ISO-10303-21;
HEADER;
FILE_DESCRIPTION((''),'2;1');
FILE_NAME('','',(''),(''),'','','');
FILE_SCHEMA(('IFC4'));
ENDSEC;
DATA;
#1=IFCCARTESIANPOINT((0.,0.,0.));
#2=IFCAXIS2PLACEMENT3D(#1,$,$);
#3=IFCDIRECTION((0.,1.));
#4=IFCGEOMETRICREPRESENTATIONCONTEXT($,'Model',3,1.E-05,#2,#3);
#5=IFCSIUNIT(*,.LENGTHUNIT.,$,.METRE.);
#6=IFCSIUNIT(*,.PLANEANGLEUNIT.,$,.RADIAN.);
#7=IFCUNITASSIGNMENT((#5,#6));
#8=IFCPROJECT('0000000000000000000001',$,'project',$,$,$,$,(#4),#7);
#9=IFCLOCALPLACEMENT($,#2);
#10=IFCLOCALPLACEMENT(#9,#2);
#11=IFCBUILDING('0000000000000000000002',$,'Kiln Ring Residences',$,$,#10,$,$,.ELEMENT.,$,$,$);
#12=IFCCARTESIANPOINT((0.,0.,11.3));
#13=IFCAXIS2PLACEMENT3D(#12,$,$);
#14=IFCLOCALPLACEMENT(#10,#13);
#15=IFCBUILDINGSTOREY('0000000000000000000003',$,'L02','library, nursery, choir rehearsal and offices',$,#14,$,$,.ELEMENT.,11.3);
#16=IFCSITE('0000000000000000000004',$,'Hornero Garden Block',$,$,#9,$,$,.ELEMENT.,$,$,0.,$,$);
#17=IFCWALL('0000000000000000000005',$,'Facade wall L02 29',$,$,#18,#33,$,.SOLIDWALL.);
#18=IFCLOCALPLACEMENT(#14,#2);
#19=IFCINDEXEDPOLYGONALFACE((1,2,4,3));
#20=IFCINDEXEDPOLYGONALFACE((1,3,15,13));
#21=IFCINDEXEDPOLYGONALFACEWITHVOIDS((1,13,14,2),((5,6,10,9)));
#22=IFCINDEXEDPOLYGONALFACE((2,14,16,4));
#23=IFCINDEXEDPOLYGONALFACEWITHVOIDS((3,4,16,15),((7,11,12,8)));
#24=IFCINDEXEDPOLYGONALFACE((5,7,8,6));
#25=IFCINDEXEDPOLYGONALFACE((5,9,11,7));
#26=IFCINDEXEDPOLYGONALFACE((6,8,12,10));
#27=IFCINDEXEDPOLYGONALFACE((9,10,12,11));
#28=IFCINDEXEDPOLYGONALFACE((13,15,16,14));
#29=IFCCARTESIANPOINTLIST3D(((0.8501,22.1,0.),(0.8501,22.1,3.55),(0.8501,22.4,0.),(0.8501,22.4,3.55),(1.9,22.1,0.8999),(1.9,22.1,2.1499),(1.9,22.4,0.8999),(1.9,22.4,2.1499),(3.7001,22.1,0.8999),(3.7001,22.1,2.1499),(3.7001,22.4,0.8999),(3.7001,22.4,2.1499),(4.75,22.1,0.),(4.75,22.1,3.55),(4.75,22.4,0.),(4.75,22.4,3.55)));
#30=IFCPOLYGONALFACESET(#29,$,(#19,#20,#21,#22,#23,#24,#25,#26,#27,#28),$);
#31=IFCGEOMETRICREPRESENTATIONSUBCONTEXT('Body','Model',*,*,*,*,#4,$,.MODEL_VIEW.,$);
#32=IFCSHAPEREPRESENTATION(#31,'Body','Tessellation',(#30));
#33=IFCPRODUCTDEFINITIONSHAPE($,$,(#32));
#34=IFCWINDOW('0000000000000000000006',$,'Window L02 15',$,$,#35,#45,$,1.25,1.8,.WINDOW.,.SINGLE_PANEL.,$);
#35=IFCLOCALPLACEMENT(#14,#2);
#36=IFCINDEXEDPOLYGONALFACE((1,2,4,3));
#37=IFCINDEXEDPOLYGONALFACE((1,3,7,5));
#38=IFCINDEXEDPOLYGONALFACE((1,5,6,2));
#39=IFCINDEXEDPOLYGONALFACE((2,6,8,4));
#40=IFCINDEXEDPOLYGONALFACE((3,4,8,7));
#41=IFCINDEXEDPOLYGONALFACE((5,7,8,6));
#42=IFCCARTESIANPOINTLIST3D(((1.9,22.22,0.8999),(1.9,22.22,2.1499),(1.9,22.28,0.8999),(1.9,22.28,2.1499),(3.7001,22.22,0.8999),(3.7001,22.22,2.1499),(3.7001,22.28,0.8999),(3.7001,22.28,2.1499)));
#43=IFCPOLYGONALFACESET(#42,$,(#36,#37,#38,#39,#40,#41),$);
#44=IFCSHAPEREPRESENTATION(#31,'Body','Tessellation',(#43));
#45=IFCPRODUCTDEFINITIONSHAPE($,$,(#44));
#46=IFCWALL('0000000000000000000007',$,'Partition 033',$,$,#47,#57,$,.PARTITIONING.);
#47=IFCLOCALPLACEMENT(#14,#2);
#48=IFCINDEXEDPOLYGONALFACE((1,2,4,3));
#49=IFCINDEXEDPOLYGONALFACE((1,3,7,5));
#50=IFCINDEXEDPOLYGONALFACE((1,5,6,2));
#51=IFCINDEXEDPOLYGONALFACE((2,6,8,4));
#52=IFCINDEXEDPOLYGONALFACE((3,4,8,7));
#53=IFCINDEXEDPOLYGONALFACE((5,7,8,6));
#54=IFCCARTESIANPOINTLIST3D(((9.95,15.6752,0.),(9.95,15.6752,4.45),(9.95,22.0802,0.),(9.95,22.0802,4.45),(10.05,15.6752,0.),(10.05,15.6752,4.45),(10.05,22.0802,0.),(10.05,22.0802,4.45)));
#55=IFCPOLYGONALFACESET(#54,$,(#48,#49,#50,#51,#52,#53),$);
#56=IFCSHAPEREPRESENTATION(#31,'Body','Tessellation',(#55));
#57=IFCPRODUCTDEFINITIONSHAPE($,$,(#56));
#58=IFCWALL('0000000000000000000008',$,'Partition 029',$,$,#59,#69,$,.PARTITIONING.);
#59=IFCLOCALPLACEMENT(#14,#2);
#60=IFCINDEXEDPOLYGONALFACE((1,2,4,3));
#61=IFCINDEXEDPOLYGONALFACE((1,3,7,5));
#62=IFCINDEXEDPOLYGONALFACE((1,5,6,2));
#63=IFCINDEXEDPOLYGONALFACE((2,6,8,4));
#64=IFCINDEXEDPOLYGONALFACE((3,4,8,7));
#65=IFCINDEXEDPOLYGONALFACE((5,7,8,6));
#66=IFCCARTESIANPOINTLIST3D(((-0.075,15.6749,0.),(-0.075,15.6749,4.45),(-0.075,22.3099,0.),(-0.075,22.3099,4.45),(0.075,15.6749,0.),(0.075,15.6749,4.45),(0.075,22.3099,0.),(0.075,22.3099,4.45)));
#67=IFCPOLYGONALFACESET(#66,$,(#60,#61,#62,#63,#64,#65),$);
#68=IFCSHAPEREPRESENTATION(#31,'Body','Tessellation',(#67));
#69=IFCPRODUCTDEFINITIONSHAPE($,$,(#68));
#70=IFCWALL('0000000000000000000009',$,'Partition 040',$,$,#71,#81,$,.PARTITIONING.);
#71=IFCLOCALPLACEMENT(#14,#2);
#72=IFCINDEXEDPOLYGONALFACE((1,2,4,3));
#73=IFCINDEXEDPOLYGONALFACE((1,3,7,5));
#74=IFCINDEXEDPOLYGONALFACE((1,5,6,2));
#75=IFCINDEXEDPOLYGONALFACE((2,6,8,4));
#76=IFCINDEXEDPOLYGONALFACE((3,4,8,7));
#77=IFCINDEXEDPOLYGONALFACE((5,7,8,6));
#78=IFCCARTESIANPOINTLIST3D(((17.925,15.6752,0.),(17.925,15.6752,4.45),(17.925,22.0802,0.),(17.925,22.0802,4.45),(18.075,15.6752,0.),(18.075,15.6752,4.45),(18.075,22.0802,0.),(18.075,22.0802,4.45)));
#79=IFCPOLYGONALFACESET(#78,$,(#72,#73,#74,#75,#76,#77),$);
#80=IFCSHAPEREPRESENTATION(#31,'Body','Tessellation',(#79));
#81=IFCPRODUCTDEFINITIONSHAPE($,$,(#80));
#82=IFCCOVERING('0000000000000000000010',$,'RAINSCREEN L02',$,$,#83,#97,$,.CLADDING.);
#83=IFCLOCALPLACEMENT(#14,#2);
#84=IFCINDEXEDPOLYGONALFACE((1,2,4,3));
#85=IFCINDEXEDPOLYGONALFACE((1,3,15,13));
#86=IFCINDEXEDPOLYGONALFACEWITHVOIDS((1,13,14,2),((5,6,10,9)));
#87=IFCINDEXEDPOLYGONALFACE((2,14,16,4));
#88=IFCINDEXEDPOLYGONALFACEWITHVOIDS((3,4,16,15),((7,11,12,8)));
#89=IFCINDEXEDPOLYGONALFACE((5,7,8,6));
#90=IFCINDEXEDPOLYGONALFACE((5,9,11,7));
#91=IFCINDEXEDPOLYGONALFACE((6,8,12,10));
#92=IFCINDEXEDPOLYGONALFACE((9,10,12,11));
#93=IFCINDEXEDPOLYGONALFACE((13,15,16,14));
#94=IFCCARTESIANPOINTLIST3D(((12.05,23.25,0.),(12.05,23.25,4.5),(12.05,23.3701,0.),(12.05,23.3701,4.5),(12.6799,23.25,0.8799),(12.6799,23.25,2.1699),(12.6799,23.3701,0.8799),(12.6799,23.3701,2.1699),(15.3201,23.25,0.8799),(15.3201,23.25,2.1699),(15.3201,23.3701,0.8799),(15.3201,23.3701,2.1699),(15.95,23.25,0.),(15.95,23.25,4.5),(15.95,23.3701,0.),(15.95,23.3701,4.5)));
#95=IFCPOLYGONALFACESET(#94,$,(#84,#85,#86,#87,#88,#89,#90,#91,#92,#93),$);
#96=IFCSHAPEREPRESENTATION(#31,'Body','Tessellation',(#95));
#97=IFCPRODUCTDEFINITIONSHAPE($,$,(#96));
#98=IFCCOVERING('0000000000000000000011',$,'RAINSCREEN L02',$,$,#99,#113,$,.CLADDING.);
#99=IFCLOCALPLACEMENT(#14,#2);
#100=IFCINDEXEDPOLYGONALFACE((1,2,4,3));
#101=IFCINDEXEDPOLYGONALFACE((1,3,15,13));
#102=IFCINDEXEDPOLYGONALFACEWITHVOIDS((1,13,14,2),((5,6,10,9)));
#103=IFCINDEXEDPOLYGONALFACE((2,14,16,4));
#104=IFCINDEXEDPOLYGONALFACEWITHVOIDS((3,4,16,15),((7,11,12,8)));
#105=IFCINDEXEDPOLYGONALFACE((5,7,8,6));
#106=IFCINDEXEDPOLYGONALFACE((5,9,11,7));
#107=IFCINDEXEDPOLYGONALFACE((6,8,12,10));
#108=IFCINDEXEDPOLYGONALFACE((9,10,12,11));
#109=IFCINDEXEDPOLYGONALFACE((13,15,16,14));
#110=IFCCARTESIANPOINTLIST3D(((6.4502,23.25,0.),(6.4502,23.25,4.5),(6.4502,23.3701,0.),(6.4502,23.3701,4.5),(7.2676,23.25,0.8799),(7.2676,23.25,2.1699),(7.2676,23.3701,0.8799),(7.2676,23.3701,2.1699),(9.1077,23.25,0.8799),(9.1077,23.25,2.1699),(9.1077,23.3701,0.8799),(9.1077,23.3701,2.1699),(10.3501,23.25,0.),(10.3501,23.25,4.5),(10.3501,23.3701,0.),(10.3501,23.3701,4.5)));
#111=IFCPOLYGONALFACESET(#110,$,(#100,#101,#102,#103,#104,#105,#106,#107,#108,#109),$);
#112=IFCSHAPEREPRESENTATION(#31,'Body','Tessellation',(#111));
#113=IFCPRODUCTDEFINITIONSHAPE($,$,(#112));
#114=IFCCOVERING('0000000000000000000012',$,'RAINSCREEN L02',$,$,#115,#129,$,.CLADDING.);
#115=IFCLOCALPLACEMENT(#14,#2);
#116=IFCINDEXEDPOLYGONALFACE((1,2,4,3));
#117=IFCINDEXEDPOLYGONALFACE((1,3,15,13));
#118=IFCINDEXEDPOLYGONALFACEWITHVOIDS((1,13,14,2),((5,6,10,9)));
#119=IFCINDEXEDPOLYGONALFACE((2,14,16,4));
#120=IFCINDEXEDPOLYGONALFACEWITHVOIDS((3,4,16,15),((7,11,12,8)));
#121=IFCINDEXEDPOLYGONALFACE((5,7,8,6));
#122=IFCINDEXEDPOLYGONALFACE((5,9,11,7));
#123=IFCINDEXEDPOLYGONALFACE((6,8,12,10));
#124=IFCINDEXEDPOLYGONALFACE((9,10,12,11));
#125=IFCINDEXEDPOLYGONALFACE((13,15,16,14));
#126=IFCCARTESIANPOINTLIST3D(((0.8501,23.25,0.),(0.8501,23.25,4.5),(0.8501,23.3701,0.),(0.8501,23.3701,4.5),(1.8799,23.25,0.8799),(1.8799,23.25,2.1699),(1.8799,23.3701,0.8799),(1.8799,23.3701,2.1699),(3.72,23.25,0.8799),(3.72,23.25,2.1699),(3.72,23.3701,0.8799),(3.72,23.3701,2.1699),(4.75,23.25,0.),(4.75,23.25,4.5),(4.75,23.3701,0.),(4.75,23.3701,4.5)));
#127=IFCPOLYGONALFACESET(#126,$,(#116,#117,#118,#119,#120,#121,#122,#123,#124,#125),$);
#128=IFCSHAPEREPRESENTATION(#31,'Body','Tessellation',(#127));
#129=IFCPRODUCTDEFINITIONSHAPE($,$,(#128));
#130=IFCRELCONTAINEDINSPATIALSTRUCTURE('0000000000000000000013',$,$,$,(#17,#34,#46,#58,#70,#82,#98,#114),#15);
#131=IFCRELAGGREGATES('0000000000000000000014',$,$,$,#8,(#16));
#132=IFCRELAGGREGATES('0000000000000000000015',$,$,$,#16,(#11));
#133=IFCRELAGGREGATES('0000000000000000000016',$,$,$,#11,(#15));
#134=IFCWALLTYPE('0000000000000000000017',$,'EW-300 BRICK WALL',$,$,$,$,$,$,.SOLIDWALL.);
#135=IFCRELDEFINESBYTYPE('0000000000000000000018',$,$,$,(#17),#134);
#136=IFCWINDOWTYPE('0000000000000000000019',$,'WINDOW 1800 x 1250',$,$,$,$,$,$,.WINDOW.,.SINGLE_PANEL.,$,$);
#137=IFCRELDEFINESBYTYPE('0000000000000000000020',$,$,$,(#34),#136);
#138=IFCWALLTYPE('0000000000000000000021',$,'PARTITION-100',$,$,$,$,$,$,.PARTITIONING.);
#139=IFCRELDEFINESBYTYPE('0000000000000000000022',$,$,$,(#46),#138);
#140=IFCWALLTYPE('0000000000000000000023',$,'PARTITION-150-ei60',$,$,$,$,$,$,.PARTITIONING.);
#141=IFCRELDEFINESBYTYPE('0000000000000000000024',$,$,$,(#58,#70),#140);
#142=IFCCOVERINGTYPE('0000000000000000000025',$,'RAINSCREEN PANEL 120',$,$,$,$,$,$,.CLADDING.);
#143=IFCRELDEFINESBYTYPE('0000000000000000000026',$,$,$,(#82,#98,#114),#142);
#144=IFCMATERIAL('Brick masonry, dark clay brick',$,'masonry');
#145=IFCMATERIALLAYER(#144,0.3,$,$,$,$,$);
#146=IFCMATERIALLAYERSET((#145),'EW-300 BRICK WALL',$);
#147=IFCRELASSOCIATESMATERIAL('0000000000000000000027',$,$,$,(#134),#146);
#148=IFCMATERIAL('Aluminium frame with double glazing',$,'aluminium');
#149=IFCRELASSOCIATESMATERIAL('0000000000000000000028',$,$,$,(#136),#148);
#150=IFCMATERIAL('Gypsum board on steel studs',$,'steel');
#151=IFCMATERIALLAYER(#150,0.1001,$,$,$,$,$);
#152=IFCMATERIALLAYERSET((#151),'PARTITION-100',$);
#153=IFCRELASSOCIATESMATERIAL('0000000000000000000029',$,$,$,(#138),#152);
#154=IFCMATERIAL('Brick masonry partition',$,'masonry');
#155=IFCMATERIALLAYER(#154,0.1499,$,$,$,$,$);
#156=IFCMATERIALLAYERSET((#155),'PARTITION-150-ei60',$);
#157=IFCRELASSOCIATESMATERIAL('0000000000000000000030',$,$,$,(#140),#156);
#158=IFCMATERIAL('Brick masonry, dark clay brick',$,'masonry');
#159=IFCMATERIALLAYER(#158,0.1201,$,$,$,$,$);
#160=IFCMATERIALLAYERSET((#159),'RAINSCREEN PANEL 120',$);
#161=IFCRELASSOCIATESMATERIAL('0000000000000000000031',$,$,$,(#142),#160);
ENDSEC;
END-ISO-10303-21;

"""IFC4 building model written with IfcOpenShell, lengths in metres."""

from ifc_helpers import new_model, si_unit, direction, frame, frame_2d, origin, place, context, subcontext, project, spatial, polyline, rectangle, outline, extrude, material, layer, layer_set, type_object, element, fill, save


model = new_model("IFC4")

# Units and contexts
model_context = context("Model", 3, precision=1e-05, world=origin(), true_north=direction((0.0, 1.0)))
body_context = subcontext(model_context, "Body", "Model", "MODEL_VIEW")
ifc_project = project(units=[si_unit("LENGTHUNIT", "METRE"), si_unit("PLANEANGLEUNIT", "RADIAN")], contexts=[model_context])

# Site, building, storey
site_placement = place(None, origin())
site = spatial("IfcSite", under=ifc_project, at=site_placement, Name="Hornero Garden Block", CompositionType="ELEMENT", RefElevation=0.0)
building_placement = place(site_placement, origin())
building = spatial("IfcBuilding", under=site, at=building_placement, Name="Kiln Ring Residences", CompositionType="ELEMENT")
storey_placement = place(building_placement, frame((0.0, 0.0, 11.3)))
storey = spatial("IfcBuildingStorey", under=building, at=storey_placement, Name="L02", Description="library, nursery, choir rehearsal and offices", CompositionType="ELEMENT", Elevation=11.3)

# Wall, opening, window
ifc_material_1 = material(Name="Brick masonry, dark clay brick", Category="masonry")
ifc_layer_1 = layer(ifc_material_1, 0.3)
ifc_layer_set_1 = layer_set([ifc_layer_1], Name="EW-300 BRICK WALL")
wall_type_1 = type_object("IfcWallType", Name="EW-300 BRICK WALL", PredefinedType="SOLIDWALL", material=ifc_layer_set_1)
ifc_material_2 = material(Name="Aluminium frame with double glazing", Category="aluminium")
window_type_1 = type_object("IfcWindowType", Name="WINDOW 1800 x 1250", PartitioningType="SINGLE_PANEL", PredefinedType="WINDOW", material=ifc_material_2)
wall_1_placement = place(storey_placement, frame((4.75, 22.25, 0.0), z_axis=(0.0, 0.0, 1.0), x_axis=(-1.0, 0.0, 0.0)))
wall_1 = element("IfcWall", 1, at=wall_1_placement, inside=storey, type_object=wall_type_1, Name="Facade wall L02 29", PredefinedType="SOLIDWALL", context=body_context, shape_type="SweptSolid", body=[
    extrude(rectangle(XDim=3.8999, YDim=0.3, at=frame_2d((1.95, 0.0))), origin(), (0.0, 0.0, 1.0), 3.55),
])
opening_1_placement = place(wall_1_placement, frame((1.05, 0.0, 0.8999)))
opening_1 = element("IfcOpeningElement", 2, at=opening_1_placement, cuts=wall_1, PredefinedType="OPENING", context=body_context, shape_type="SweptSolid", body=[
    extrude(rectangle(XDim=1.8, YDim=1.25, at=frame_2d((0.8999, 0.625))), frame((0.0, 0.1599, 0.0), z_axis=(0.0, -1.0, 0.0), x_axis=(1.0, 0.0, 0.0)), (0.0, 0.0, 1.0), 0.3201),
])
window_1_placement = place(opening_1_placement, origin())
window_1 = element("IfcWindow", 3, at=window_1_placement, inside=storey, type_object=window_type_1, Name="Window L02 15", OverallHeight=1.25, OverallWidth=1.8, PartitioningType="SINGLE_PANEL", PredefinedType="WINDOW", context=body_context, shape_type="SweptSolid", body=[
    extrude(rectangle(XDim=1.8, YDim=1.25, at=frame_2d((0.8999, 0.625))), frame((0.0, 0.03, 0.0), z_axis=(0.0, -1.0, 0.0), x_axis=(1.0, 0.0, 0.0)), (0.0, 0.0, 1.0), 0.0601),
])
fill(opening_1, window_1)

# Walls
ifc_material_3 = material(Name="Gypsum board on steel studs", Category="steel")
ifc_layer_2 = layer(ifc_material_3, 0.1001)
ifc_layer_set_2 = layer_set([ifc_layer_2], Name="PARTITION-100")
wall_type_2 = type_object("IfcWallType", Name="PARTITION-100", PredefinedType="PARTITIONING", material=ifc_layer_set_2)
wall_2_placement = place(storey_placement, frame((10.0, 15.675, 0.0), z_axis=(0.0, 0.0, 1.0), x_axis=(0.0, 1.0, 0.0)))
element("IfcWall", 4, at=wall_2_placement, inside=storey, type_object=wall_type_2, Name="Partition 033", PredefinedType="PARTITIONING", context=body_context, shape_type="SweptSolid", body=[
    extrude(rectangle(XDim=6.405, YDim=0.1001, at=frame_2d((3.2026, 0.0))), origin(), (0.0, 0.0, 1.0), 4.45),
])
ifc_material_4 = material(Name="Brick masonry partition", Category="masonry")
ifc_layer_3 = layer(ifc_material_4, 0.1499)
ifc_layer_set_3 = layer_set([ifc_layer_3], Name="PARTITION-150-ei60")
wall_type_3 = type_object("IfcWallType", Name="PARTITION-150-ei60", PredefinedType="PARTITIONING", material=ifc_layer_set_3)
wall_3_placement = place(storey_placement, frame((0.0, 15.675, 0.0), z_axis=(0.0, 0.0, 1.0), x_axis=(0.0, 1.0, 0.0)))
element("IfcWall", 5, at=wall_3_placement, inside=storey, type_object=wall_type_3, Name="Partition 029", PredefinedType="PARTITIONING", context=body_context, shape_type="SweptSolid", body=[
    extrude(rectangle(XDim=6.635, YDim=0.1499, at=frame_2d((3.3174, 0.0))), origin(), (0.0, 0.0, 1.0), 4.45),
])
wall_4_placement = place(storey_placement, frame((18.0, 15.675, 0.0), z_axis=(0.0, 0.0, 1.0), x_axis=(0.0, 1.0, 0.0)))
element("IfcWall", 6, at=wall_4_placement, inside=storey, type_object=wall_type_3, Name="Partition 040", PredefinedType="PARTITIONING", context=body_context, shape_type="SweptSolid", body=[
    extrude(rectangle(XDim=6.405, YDim=0.1499, at=frame_2d((3.2026, 0.0))), origin(), (0.0, 0.0, 1.0), 4.45),
])

# Coverings
ifc_material_5 = material(Name="Brick masonry, dark clay brick", Category="masonry")
ifc_layer_4 = layer(ifc_material_5, 0.1201)
ifc_layer_set_4 = layer_set([ifc_layer_4], Name="RAINSCREEN PANEL 120")
covering_type = type_object("IfcCoveringType", Name="RAINSCREEN PANEL 120", PredefinedType="CLADDING", material=ifc_layer_set_4)
covering_1_placement = place(storey_placement, frame((15.95, 23.3101, 0.0), z_axis=(0.0, 0.0, 1.0), x_axis=(-1.0, 0.0, 0.0)))
element("IfcCovering", 7, at=covering_1_placement, inside=storey, type_object=covering_type, Name="RAINSCREEN L02", PredefinedType="CLADDING", context=body_context, shape_type="SweptSolid", body=[
    extrude(outline(polyline([(0.0, 0.0), (3.8999, 0.0), (3.8999, 4.5), (0.0, 4.5), (0.0, 0.0)]), holes=[polyline([(0.6299, 2.1699), (0.6299, 0.8799), (3.27, 0.8799), (3.27, 2.1699), (0.6299, 2.1699)])]), frame((0.0, 0.0601, 0.0), z_axis=(0.0, -1.0, 0.0), x_axis=(1.0, 0.0, 0.0)), (0.0, 0.0, 1.0), 0.1201),
])
covering_2_placement = place(storey_placement, frame((10.3501, 23.3101, 0.0), z_axis=(0.0, 0.0, 1.0), x_axis=(-1.0, 0.0, 0.0)))
element("IfcCovering", 8, at=covering_2_placement, inside=storey, type_object=covering_type, Name="RAINSCREEN L02", PredefinedType="CLADDING", context=body_context, shape_type="SweptSolid", body=[
    extrude(outline(polyline([(0.0, 0.0), (3.8999, 0.0), (3.8999, 4.5), (0.0, 4.5), (0.0, 0.0)]), holes=[polyline([(1.2424, 2.1699), (1.2424, 0.8799), (3.0825, 0.8799), (3.0825, 2.1699), (1.2424, 2.1699)])]), frame((0.0, 0.0601, 0.0), z_axis=(0.0, -1.0, 0.0), x_axis=(1.0, 0.0, 0.0)), (0.0, 0.0, 1.0), 0.1201),
])
covering_3_placement = place(storey_placement, frame((4.75, 23.3101, 0.0), z_axis=(0.0, 0.0, 1.0), x_axis=(-1.0, 0.0, 0.0)))
element("IfcCovering", 9, at=covering_3_placement, inside=storey, type_object=covering_type, Name="RAINSCREEN L02", PredefinedType="CLADDING", context=body_context, shape_type="SweptSolid", body=[
    extrude(outline(polyline([(0.0, 0.0), (3.8999, 0.0), (3.8999, 4.5), (0.0, 4.5), (0.0, 0.0)]), holes=[polyline([(1.03, 2.1699), (1.03, 0.8799), (2.8701, 0.8799), (2.8701, 2.1699), (1.03, 2.1699)])]), frame((0.0, 0.0601, 0.0), z_axis=(0.0, -1.0, 0.0), x_axis=(1.0, 0.0, 0.0)), (0.0, 0.0, 1.0), 0.1201),
])

save(model, "model.ifc")
